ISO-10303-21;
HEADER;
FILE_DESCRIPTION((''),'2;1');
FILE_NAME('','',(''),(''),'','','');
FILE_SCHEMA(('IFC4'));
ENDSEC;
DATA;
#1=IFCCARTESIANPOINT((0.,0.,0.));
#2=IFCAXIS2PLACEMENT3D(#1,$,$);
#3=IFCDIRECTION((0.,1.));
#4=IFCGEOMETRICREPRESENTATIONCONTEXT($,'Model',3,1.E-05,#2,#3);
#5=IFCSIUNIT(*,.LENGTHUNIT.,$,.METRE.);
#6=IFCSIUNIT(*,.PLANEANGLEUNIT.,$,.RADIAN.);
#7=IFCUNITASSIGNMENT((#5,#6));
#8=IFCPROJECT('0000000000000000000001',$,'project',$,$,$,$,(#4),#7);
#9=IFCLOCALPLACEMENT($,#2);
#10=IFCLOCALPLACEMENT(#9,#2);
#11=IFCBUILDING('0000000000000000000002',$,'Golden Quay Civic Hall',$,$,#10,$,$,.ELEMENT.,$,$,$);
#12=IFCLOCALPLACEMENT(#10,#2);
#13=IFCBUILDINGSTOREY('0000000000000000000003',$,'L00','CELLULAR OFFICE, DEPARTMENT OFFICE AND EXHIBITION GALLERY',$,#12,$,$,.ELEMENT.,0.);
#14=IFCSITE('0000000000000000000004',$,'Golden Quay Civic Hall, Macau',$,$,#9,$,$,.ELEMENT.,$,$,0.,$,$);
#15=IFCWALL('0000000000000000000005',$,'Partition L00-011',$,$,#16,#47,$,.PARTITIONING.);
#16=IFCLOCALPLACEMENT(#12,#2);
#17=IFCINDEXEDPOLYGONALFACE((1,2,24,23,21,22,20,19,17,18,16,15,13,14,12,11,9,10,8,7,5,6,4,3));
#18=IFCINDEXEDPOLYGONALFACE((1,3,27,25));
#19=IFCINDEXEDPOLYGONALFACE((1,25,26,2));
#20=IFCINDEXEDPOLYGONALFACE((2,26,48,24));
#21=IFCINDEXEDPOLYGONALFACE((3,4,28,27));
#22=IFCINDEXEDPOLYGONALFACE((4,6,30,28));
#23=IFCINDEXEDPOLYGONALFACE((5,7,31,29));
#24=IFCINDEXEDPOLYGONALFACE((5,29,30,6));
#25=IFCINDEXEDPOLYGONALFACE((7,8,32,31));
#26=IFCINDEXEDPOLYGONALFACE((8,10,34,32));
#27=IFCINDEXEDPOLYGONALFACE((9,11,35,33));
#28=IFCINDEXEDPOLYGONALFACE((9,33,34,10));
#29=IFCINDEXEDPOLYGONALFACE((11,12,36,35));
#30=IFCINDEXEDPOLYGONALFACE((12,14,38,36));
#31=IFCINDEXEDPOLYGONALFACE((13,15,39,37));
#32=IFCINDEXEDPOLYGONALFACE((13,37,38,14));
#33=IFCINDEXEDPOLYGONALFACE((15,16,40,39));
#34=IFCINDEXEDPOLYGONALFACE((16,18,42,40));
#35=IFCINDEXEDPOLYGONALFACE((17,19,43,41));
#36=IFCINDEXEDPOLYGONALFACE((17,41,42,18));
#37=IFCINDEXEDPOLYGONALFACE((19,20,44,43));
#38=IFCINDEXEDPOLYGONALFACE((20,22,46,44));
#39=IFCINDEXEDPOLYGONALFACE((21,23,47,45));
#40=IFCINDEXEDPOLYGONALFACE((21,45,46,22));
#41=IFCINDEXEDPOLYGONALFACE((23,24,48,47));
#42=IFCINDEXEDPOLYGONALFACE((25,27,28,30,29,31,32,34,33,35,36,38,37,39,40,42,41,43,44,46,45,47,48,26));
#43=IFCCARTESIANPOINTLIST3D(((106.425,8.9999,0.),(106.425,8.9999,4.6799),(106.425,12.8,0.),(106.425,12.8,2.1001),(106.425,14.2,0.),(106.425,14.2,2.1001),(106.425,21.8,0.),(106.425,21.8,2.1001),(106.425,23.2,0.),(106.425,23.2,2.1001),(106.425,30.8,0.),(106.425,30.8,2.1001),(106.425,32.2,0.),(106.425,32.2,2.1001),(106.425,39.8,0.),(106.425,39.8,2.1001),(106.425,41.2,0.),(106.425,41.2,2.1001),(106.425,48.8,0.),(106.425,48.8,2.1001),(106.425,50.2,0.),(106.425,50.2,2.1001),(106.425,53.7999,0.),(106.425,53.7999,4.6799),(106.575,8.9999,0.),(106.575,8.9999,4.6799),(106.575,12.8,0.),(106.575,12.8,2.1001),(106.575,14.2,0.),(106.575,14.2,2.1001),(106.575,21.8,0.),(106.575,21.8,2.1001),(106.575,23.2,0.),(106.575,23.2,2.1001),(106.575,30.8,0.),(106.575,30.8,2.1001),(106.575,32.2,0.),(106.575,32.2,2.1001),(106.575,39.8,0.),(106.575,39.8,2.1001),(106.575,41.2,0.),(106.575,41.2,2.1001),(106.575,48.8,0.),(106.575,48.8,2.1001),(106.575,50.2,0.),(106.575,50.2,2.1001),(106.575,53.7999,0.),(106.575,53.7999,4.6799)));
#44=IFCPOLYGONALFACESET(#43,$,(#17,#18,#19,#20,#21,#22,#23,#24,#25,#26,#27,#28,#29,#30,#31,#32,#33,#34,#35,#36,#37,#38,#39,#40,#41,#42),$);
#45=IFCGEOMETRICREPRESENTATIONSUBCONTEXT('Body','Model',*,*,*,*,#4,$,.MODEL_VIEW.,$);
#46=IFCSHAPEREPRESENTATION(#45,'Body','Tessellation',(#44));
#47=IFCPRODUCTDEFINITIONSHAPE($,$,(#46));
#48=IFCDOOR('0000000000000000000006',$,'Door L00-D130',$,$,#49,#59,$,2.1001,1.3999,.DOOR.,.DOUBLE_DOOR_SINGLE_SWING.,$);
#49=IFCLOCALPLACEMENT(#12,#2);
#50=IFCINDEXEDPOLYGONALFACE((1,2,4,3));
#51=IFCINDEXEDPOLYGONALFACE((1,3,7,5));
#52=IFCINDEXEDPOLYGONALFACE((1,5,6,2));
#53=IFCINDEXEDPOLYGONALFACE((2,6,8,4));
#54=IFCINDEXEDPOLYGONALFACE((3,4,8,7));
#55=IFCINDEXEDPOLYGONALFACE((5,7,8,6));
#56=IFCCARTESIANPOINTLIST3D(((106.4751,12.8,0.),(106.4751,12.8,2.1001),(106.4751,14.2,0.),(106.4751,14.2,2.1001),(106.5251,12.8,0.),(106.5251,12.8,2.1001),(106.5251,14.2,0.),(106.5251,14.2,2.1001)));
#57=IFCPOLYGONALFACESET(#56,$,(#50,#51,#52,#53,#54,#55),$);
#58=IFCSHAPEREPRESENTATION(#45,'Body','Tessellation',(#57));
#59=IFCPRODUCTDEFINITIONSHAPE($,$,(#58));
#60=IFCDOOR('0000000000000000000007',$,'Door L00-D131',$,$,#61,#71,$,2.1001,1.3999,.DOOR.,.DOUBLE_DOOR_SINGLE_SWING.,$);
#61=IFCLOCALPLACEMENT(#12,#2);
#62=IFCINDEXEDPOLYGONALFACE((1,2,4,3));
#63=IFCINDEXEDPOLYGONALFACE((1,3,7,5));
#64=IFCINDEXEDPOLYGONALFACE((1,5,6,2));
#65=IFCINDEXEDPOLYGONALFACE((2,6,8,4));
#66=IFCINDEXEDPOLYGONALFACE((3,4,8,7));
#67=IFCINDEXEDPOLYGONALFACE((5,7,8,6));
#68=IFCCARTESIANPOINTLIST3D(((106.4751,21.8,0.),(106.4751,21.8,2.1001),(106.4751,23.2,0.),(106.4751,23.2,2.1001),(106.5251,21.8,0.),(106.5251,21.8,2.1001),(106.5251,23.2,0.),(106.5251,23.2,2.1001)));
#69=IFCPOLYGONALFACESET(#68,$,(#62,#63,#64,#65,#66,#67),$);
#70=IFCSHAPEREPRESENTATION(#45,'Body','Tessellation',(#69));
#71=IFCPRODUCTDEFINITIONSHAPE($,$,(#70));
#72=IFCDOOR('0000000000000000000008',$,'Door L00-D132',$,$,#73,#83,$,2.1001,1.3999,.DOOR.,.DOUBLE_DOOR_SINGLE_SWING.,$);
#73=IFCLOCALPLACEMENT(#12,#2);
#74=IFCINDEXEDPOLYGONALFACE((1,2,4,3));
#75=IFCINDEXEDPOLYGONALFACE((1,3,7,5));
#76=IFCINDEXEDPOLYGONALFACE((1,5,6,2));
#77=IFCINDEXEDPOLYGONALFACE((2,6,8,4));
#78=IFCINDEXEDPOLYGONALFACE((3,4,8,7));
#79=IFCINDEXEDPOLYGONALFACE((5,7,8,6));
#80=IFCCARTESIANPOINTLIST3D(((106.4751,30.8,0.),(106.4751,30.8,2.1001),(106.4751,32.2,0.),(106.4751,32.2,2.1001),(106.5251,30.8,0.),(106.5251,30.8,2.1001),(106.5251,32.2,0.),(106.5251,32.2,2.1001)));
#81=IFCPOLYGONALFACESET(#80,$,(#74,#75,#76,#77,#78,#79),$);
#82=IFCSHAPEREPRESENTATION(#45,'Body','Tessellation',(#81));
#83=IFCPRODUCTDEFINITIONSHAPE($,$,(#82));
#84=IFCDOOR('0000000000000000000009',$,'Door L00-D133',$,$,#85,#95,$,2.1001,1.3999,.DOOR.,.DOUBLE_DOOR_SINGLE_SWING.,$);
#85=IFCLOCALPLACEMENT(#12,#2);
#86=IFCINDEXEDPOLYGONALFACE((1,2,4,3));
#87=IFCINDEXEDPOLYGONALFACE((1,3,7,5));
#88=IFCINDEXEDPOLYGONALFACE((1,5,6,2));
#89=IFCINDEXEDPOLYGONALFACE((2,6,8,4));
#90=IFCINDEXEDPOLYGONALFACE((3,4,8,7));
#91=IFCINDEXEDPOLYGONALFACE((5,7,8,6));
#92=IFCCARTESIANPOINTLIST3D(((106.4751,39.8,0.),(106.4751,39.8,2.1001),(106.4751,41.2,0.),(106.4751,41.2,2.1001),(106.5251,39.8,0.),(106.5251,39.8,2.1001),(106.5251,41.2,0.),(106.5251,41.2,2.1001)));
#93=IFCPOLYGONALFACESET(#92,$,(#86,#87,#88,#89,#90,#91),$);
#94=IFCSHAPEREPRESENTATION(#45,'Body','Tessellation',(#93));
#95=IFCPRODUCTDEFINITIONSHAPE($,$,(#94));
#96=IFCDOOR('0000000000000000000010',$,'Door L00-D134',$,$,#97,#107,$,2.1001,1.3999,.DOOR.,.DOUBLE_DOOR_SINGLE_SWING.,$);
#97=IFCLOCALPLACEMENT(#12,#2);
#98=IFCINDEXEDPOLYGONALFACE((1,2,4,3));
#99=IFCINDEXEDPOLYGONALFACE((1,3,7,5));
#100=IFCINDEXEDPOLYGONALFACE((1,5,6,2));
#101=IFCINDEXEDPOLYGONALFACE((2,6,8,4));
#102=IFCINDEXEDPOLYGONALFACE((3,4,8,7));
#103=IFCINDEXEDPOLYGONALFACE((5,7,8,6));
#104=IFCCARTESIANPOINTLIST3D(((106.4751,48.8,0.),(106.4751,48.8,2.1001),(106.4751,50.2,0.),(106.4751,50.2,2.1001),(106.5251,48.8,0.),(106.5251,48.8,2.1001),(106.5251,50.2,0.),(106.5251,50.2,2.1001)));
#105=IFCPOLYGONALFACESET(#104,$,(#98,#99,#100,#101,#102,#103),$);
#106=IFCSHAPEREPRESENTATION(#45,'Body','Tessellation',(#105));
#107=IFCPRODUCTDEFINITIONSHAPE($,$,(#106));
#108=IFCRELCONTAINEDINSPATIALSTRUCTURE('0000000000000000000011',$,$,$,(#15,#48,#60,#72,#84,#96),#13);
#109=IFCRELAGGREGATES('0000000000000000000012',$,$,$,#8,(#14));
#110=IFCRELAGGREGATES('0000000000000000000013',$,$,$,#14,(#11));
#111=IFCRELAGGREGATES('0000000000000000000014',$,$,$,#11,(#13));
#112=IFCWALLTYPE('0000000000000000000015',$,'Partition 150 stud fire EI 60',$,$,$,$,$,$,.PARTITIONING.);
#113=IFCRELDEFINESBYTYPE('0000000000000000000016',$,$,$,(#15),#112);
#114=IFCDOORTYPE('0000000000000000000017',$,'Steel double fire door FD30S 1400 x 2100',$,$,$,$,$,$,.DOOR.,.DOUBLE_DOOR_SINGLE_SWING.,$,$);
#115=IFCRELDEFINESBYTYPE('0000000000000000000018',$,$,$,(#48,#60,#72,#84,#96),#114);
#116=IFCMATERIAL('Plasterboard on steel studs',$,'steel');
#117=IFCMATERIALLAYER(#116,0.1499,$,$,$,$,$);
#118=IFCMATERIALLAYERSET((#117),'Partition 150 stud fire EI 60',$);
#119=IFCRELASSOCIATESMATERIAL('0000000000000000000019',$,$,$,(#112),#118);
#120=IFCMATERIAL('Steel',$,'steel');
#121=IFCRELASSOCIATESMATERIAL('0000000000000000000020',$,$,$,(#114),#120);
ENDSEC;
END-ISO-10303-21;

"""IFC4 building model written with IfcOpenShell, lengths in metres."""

from ifc_helpers import new_model, si_unit, direction, frame, frame_2d, origin, place, context, subcontext, project, spatial, rectangle, extrude, material, layer, layer_set, type_object, element, fill, save


model = new_model("IFC4")

# Units and contexts
model_context = context("Model", 3, precision=1e-05, world=origin(), true_north=direction((0.0, 1.0)))
body_context = subcontext(model_context, "Body", "Model", "MODEL_VIEW")
ifc_project = project(units=[si_unit("LENGTHUNIT", "METRE"), si_unit("PLANEANGLEUNIT", "RADIAN")], contexts=[model_context])

# Site, building, storey
site_placement = place(None, origin())
site = spatial("IfcSite", under=ifc_project, at=site_placement, Name="Golden Quay Civic Hall, Macau", CompositionType="ELEMENT", RefElevation=0.0)
building_placement = place(site_placement, origin())
building = spatial("IfcBuilding", under=site, at=building_placement, Name="Golden Quay Civic Hall", CompositionType="ELEMENT")
storey_placement = place(building_placement, origin())
storey = spatial("IfcBuildingStorey", under=building, at=storey_placement, Name="L00", Description="CELLULAR OFFICE, DEPARTMENT OFFICE AND EXHIBITION GALLERY", CompositionType="ELEMENT", Elevation=0.0)

# Shared definitions
ifc_material_1 = material(Name="Plasterboard on steel studs", Category="steel")
ifc_layer_1 = layer(ifc_material_1, 0.1499)
ifc_layer_set_1 = layer_set([ifc_layer_1], Name="Partition 150 stud fire EI 60")
wall_type_1 = type_object("IfcWallType", Name="Partition 150 stud fire EI 60", PredefinedType="PARTITIONING", material=ifc_layer_set_1)

# Wall, openings, doors
wall_1_placement = place(storey_placement, frame((106.5, 9.0, 0.0), z_axis=(0.0, 0.0, 1.0), x_axis=(0.0, 1.0, 0.0)))
wall_1 = element("IfcWall", 1, at=wall_1_placement, inside=storey, type_object=wall_type_1, Name="Partition L00-011", PredefinedType="PARTITIONING", context=body_context, shape_type="SweptSolid", body=[
    extrude(rectangle(XDim=44.8, YDim=0.1499, at=frame_2d((22.3999, 0.0))), origin(), (0.0, 0.0, 1.0), 4.6799),
])
opening_1_placement = place(wall_1_placement, frame((3.8, 0.0, 0.0)))
opening_1 = element("IfcOpeningElement", 2, at=opening_1_placement, cuts=wall_1, PredefinedType="OPENING", context=body_context, shape_type="SweptSolid", body=[
    extrude(rectangle(XDim=1.3999, YDim=2.1001, at=frame_2d((0.7, 1.05))), frame((0.0, 0.085, 0.0), z_axis=(0.0, -1.0, 0.0), x_axis=(1.0, 0.0, 0.0)), (0.0, 0.0, 1.0), 0.1699),
])
opening_2_placement = place(wall_1_placement, frame((12.8, 0.0, 0.0)))
opening_2 = element("IfcOpeningElement", 3, at=opening_2_placement, cuts=wall_1, PredefinedType="OPENING", context=body_context, shape_type="SweptSolid", body=[
    extrude(rectangle(XDim=1.3999, YDim=2.1001, at=frame_2d((0.7, 1.05))), frame((0.0, 0.085, 0.0), z_axis=(0.0, -1.0, 0.0), x_axis=(1.0, 0.0, 0.0)), (0.0, 0.0, 1.0), 0.1699),
])
opening_3_placement = place(wall_1_placement, frame((21.8, 0.0, 0.0)))
opening_3 = element("IfcOpeningElement", 4, at=opening_3_placement, cuts=wall_1, PredefinedType="OPENING", context=body_context, shape_type="SweptSolid", body=[
    extrude(rectangle(XDim=1.3999, YDim=2.1001, at=frame_2d((0.7, 1.05))), frame((0.0, 0.085, 0.0), z_axis=(0.0, -1.0, 0.0), x_axis=(1.0, 0.0, 0.0)), (0.0, 0.0, 1.0), 0.1699),
])
opening_4_placement = place(wall_1_placement, frame((30.8, 0.0, 0.0)))
opening_4 = element("IfcOpeningElement", 5, at=opening_4_placement, cuts=wall_1, PredefinedType="OPENING", context=body_context, shape_type="SweptSolid", body=[
    extrude(rectangle(XDim=1.3999, YDim=2.1001, at=frame_2d((0.7, 1.05))), frame((0.0, 0.085, 0.0), z_axis=(0.0, -1.0, 0.0), x_axis=(1.0, 0.0, 0.0)), (0.0, 0.0, 1.0), 0.1699),
])
opening_5_placement = place(wall_1_placement, frame((39.8, 0.0, 0.0)))
opening_5 = element("IfcOpeningElement", 6, at=opening_5_placement, cuts=wall_1, PredefinedType="OPENING", context=body_context, shape_type="SweptSolid", body=[
    extrude(rectangle(XDim=1.3999, YDim=2.1001, at=frame_2d((0.7, 1.05))), frame((0.0, 0.085, 0.0), z_axis=(0.0, -1.0, 0.0), x_axis=(1.0, 0.0, 0.0)), (0.0, 0.0, 1.0), 0.1699),
])
ifc_material_2 = material(Name="Steel", Category="steel")
door_type_1 = type_object("IfcDoorType", Name="Steel double fire door FD30S 1400 x 2100", OperationType="DOUBLE_DOOR_SINGLE_SWING", PredefinedType="DOOR", material=ifc_material_2)
door_1_placement = place(opening_1_placement, origin())
door_1 = element("IfcDoor", 7, at=door_1_placement, inside=storey, type_object=door_type_1, Name="Door L00-D130", OperationType="DOUBLE_DOOR_SINGLE_SWING", OverallHeight=2.1001, OverallWidth=1.3999, PredefinedType="DOOR", context=body_context, shape_type="SweptSolid", body=[
    extrude(rectangle(XDim=1.3999, YDim=2.1001, at=frame_2d((0.7, 1.05))), frame((0.0, 0.0249, 0.0), z_axis=(0.0, -1.0, 0.0), x_axis=(1.0, 0.0, 0.0)), (0.0, 0.0, 1.0), 0.05),
])
fill(opening_1, door_1)
door_2_placement = place(opening_2_placement, origin())
door_2 = element("IfcDoor", 8, at=door_2_placement, inside=storey, type_object=door_type_1, Name="Door L00-D131", OperationType="DOUBLE_DOOR_SINGLE_SWING", OverallHeight=2.1001, OverallWidth=1.3999, PredefinedType="DOOR", context=body_context, shape_type="SweptSolid", body=[
    extrude(rectangle(XDim=1.3999, YDim=2.1001, at=frame_2d((0.7, 1.05))), frame((0.0, 0.0249, 0.0), z_axis=(0.0, -1.0, 0.0), x_axis=(1.0, 0.0, 0.0)), (0.0, 0.0, 1.0), 0.05),
])
fill(opening_2, door_2)
door_3_placement = place(opening_3_placement, origin())
door_3 = element("IfcDoor", 9, at=door_3_placement, inside=storey, type_object=door_type_1, Name="Door L00-D132", OperationType="DOUBLE_DOOR_SINGLE_SWING", OverallHeight=2.1001, OverallWidth=1.3999, PredefinedType="DOOR", context=body_context, shape_type="SweptSolid", body=[
    extrude(rectangle(XDim=1.3999, YDim=2.1001, at=frame_2d((0.7, 1.05))), frame((0.0, 0.0249, 0.0), z_axis=(0.0, -1.0, 0.0), x_axis=(1.0, 0.0, 0.0)), (0.0, 0.0, 1.0), 0.05),
])
fill(opening_3, door_3)
door_4_placement = place(opening_4_placement, origin())
door_4 = element("IfcDoor", 10, at=door_4_placement, inside=storey, type_object=door_type_1, Name="Door L00-D133", OperationType="DOUBLE_DOOR_SINGLE_SWING", OverallHeight=2.1001, OverallWidth=1.3999, PredefinedType="DOOR", context=body_context, shape_type="SweptSolid", body=[
    extrude(rectangle(XDim=1.3999, YDim=2.1001, at=frame_2d((0.7, 1.05))), frame((0.0, 0.0249, 0.0), z_axis=(0.0, -1.0, 0.0), x_axis=(1.0, 0.0, 0.0)), (0.0, 0.0, 1.0), 0.05),
])
fill(opening_4, door_4)
door_5_placement = place(opening_5_placement, origin())
door_5 = element("IfcDoor", 11, at=door_5_placement, inside=storey, type_object=door_type_1, Name="Door L00-D134", OperationType="DOUBLE_DOOR_SINGLE_SWING", OverallHeight=2.1001, OverallWidth=1.3999, PredefinedType="DOOR", context=body_context, shape_type="SweptSolid", body=[
    extrude(rectangle(XDim=1.3999, YDim=2.1001, at=frame_2d((0.7, 1.05))), frame((0.0, 0.0249, 0.0), z_axis=(0.0, -1.0, 0.0), x_axis=(1.0, 0.0, 0.0)), (0.0, 0.0, 1.0), 0.05),
])
fill(opening_5, door_5)

save(model, "model.ifc")
